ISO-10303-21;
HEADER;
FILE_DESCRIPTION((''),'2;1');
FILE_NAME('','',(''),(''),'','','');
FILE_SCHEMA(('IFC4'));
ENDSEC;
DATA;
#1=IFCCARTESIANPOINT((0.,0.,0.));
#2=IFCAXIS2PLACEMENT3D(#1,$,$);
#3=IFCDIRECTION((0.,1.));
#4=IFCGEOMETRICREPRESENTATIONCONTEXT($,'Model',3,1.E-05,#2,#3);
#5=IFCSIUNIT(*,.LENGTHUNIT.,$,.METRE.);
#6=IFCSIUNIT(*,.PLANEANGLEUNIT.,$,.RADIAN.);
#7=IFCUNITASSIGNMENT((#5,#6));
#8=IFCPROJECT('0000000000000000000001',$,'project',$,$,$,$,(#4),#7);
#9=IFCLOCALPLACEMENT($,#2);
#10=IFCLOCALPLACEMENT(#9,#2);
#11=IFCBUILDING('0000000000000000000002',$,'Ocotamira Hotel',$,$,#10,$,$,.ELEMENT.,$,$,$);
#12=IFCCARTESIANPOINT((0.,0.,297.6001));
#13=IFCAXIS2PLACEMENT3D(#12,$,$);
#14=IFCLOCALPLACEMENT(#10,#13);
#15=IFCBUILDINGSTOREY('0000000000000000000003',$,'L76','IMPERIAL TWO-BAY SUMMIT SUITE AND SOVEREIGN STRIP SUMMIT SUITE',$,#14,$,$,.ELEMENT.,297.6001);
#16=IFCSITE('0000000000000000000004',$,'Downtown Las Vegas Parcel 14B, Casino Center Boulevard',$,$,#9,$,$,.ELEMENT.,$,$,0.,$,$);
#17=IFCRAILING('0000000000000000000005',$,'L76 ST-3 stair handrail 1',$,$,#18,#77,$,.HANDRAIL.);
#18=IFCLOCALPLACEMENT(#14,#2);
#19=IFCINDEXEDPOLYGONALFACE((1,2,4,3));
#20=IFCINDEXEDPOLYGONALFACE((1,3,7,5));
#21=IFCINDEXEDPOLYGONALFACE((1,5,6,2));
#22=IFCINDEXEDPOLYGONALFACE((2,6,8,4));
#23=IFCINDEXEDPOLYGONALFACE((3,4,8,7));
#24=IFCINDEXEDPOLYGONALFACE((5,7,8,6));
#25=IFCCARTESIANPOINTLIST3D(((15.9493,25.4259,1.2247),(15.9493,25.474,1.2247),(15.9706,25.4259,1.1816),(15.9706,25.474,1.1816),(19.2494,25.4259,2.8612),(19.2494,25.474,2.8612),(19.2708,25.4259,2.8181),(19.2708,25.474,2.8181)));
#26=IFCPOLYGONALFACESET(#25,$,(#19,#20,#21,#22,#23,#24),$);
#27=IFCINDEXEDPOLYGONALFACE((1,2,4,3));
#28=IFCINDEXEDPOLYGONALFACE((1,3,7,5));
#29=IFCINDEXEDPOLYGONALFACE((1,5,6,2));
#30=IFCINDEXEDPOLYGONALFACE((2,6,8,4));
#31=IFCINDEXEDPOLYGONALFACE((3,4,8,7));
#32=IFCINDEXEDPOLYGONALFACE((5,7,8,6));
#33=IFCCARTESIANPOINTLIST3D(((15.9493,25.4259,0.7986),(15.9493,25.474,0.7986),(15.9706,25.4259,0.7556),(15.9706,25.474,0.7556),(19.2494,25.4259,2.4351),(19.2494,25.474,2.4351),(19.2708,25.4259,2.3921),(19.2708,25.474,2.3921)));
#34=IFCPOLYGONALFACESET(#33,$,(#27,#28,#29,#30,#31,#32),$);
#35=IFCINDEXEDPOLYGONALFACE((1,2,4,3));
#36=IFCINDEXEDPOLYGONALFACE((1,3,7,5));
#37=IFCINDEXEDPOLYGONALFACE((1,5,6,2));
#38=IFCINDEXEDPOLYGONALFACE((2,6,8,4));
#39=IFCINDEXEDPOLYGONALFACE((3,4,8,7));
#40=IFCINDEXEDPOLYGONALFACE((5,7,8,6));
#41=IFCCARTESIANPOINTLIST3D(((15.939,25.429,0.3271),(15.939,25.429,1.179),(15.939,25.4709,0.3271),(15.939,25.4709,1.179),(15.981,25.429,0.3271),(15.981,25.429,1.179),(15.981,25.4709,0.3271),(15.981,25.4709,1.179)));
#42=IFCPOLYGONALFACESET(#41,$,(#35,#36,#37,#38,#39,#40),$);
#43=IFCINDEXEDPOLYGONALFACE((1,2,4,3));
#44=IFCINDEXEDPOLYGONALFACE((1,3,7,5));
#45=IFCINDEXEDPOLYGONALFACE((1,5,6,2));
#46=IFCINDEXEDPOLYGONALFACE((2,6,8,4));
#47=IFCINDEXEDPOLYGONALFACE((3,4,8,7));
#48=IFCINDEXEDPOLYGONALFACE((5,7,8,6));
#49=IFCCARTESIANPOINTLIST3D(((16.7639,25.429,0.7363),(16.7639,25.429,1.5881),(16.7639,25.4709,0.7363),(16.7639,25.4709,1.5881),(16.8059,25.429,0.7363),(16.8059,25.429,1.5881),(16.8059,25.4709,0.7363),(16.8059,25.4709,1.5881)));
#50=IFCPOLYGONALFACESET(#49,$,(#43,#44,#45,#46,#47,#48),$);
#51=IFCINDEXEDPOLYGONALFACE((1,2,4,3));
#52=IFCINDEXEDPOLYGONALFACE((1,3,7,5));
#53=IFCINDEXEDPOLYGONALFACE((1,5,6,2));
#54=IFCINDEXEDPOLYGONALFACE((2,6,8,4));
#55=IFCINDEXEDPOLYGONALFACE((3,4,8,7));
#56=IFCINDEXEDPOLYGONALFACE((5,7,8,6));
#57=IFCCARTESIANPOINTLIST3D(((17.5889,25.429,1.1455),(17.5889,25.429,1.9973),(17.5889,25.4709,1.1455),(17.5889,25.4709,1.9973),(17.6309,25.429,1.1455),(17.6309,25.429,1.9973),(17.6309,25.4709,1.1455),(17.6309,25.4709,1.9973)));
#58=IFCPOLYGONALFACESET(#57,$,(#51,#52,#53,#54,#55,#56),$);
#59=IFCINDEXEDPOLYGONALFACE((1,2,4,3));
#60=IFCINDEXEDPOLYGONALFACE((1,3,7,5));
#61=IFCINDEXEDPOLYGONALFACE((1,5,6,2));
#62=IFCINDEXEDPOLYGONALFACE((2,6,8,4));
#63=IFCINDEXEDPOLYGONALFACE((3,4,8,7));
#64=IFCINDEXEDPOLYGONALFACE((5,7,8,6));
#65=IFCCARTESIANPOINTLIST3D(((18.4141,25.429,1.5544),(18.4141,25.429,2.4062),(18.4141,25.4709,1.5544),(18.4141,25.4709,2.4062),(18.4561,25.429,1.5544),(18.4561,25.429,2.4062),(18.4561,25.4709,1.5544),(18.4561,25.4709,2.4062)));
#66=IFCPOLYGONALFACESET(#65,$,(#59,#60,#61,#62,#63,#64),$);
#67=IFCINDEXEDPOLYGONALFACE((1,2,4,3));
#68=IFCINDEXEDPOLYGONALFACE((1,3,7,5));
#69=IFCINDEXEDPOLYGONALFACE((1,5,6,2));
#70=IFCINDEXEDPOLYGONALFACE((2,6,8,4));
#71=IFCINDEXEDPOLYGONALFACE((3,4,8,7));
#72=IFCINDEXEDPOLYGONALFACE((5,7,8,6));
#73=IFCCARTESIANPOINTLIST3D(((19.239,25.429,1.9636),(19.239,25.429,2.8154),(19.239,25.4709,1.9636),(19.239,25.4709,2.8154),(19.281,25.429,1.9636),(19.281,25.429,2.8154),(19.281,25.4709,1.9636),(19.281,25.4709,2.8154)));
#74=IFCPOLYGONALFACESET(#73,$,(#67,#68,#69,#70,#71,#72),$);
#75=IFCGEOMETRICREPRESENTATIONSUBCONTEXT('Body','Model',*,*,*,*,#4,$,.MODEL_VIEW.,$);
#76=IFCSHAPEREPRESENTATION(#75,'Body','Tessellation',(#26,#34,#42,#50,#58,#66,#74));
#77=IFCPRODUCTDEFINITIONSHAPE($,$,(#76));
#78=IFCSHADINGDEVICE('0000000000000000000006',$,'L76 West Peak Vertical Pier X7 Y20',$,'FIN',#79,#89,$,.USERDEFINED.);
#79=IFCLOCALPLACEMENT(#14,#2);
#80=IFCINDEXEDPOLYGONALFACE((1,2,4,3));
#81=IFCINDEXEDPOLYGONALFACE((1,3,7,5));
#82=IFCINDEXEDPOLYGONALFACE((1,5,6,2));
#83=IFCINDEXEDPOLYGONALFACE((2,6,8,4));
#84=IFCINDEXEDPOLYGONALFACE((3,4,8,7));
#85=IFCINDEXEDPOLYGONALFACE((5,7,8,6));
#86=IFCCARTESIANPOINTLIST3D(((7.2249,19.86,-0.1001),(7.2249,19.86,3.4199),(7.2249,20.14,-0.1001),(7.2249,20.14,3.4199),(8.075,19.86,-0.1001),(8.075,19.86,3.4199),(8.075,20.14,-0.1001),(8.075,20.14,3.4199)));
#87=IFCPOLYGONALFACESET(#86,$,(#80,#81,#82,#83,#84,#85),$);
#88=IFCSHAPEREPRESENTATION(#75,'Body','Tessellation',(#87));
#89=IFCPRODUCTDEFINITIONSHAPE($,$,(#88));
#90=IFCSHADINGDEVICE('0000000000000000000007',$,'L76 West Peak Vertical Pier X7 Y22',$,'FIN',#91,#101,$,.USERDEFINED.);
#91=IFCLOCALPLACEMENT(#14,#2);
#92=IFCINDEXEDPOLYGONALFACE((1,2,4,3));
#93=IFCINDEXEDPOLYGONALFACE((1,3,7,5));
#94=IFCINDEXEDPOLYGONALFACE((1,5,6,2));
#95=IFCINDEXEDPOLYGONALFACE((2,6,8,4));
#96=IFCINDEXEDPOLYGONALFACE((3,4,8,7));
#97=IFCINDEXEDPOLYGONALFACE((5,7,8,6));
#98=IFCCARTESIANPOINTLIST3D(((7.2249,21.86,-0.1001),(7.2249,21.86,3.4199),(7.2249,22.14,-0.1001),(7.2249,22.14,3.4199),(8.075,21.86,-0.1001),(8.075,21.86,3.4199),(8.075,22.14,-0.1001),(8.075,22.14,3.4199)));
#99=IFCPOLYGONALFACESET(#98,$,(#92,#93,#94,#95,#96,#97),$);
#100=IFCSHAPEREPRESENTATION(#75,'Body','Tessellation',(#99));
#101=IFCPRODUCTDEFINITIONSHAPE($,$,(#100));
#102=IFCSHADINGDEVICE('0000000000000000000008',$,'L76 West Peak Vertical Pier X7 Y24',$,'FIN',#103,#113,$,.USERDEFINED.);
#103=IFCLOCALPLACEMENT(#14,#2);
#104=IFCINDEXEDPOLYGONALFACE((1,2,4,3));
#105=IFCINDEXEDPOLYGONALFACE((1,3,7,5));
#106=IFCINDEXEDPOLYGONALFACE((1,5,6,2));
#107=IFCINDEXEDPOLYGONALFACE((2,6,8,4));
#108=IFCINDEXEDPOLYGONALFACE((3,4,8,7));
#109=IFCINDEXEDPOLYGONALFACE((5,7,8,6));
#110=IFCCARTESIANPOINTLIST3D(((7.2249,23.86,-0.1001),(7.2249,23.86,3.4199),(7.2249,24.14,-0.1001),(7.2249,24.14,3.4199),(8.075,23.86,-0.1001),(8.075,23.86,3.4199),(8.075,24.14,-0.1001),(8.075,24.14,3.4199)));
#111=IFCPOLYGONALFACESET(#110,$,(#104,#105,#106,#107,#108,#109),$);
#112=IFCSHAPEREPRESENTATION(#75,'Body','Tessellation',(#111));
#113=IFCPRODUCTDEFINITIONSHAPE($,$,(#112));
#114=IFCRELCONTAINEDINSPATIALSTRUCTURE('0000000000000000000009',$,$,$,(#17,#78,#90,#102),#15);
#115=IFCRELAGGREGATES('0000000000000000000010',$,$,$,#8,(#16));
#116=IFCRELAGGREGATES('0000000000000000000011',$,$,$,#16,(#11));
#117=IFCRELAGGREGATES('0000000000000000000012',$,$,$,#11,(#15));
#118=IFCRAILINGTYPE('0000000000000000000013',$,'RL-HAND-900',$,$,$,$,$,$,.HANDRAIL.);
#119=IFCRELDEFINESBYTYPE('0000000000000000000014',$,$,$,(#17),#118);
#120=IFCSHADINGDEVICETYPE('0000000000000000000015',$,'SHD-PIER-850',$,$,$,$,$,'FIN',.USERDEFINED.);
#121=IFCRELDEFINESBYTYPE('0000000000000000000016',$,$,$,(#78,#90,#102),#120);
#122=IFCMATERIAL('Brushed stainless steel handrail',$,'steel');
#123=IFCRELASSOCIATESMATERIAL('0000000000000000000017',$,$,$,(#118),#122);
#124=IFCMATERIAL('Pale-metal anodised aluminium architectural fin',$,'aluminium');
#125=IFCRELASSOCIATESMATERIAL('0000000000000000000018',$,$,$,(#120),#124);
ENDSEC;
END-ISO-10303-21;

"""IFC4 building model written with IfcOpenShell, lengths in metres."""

from ifc_helpers import new_model, si_unit, direction, frame, origin, origin_2d, place, context, subcontext, project, spatial, rectangle, extrude, source, transform, mapped, material, type_object, element, save


model = new_model("IFC4")

# Units and contexts
model_context = context("Model", 3, precision=1e-05, world=origin(), true_north=direction((0.0, 1.0)))
body_context = subcontext(model_context, "Body", "Model", "MODEL_VIEW")
ifc_project = project(units=[si_unit("LENGTHUNIT", "METRE"), si_unit("PLANEANGLEUNIT", "RADIAN")], contexts=[model_context])

# Site, building, storey
site_placement = place(None, origin())
site = spatial("IfcSite", under=ifc_project, at=site_placement, Name="Downtown Las Vegas Parcel 14B, Casino Center Boulevard", CompositionType="ELEMENT", RefElevation=0.0)
building_placement = place(site_placement, origin())
building = spatial("IfcBuilding", under=site, at=building_placement, Name="Ocotamira Hotel", CompositionType="ELEMENT")
storey_placement = place(building_placement, frame((0.0, 0.0, 297.6001)))
storey = spatial("IfcBuildingStorey", under=building, at=storey_placement, Name="L76", Description="IMPERIAL TWO-BAY SUMMIT SUITE AND SOVEREIGN STRIP SUMMIT SUITE", CompositionType="ELEMENT", Elevation=297.6001)

# Railing
ifc_material_1 = material(Name="Brushed stainless steel handrail", Category="steel")
railing_type = type_object("IfcRailingType", Name="RL-HAND-900", PredefinedType="HANDRAIL", material=ifc_material_1)
railing_1_placement = place(storey_placement, frame((15.96, 25.45, 0.3271)))
element("IfcRailing", 1, at=railing_1_placement, inside=storey, type_object=railing_type, Name="L76 ST-3 stair handrail 1", PredefinedType="HANDRAIL", context=body_context, shape_type="SweptSolid", body=[
    extrude(rectangle(XDim=0.0481, YDim=0.0481, at=origin_2d()), frame((0.0, 0.0, 0.876), z_axis=(0.895894, 0.0, 0.444268), x_axis=(0.0, 1.0, 0.0)), (0.0, 0.0, 1.0), 3.6836),
    extrude(rectangle(XDim=0.0481, YDim=0.0481, at=origin_2d()), frame((0.0, 0.0, 0.45), z_axis=(0.895894, 0.0, 0.444268), x_axis=(0.0, 1.0, 0.0)), (0.0, 0.0, 1.0), 3.6836),
    extrude(rectangle(XDim=0.042, YDim=0.042, at=origin_2d()), origin(), (0.0, 0.0, 1.0), 0.8518),
    extrude(rectangle(XDim=0.042, YDim=0.042, at=origin_2d()), frame((0.825, 0.0, 0.4092)), (0.0, 0.0, 1.0), 0.8518),
    extrude(rectangle(XDim=0.042, YDim=0.042, at=origin_2d()), frame((1.6499, 0.0, 0.8184)), (0.0, 0.0, 1.0), 0.8518),
    extrude(rectangle(XDim=0.042, YDim=0.042, at=origin_2d()), frame((2.4751, 0.0, 1.2273)), (0.0, 0.0, 1.0), 0.8518),
    extrude(rectangle(XDim=0.042, YDim=0.042, at=origin_2d()), frame((3.3, 0.0, 1.6365)), (0.0, 0.0, 1.0), 0.8518),
])

# Shading devices
ifc_material_2 = material(Name="Pale-metal anodised aluminium architectural fin", Category="aluminium")
shading_device_type = type_object("IfcShadingDeviceType", Name="SHD-PIER-850", ElementType="FIN", PredefinedType="USERDEFINED", material=ifc_material_2)
shared_shape_1 = source(origin(), body_context, "Body", "SweptSolid", [
    extrude(rectangle(XDim=0.8501, YDim=0.28, at=origin_2d()), origin(), (0.0, 0.0, 1.0), 3.52),
])
for number, where, z_axis, x_axis, name in (
    (2, (7.6499, 20.0, -0.1001), (0.0, 0.0, 1.0), (1.0, 0.0, 0.0), "L76 West Peak Vertical Pier X7 Y20"),
    (3, (7.6499, 22.0, -0.1001), (0.0, 0.0, 1.0), (1.0, 0.0, 0.0), "L76 West Peak Vertical Pier X7 Y22"),
    (4, (7.6499, 24.0, -0.1001), (0.0, 0.0, 1.0), (1.0, 0.0, 0.0), "L76 West Peak Vertical Pier X7 Y24"),
):
    element("IfcShadingDevice", number, at=place(storey_placement, frame(where, z_axis=z_axis, x_axis=x_axis)), inside=storey, type_object=shading_device_type, Name=name, ObjectType="FIN", PredefinedType="USERDEFINED", context=body_context, shape_type="MappedRepresentation", body=[
        mapped(shared_shape_1, transform((0.0, 0.0, 0.0), scale=1.0)),
    ])

save(model, "model.ifc")
